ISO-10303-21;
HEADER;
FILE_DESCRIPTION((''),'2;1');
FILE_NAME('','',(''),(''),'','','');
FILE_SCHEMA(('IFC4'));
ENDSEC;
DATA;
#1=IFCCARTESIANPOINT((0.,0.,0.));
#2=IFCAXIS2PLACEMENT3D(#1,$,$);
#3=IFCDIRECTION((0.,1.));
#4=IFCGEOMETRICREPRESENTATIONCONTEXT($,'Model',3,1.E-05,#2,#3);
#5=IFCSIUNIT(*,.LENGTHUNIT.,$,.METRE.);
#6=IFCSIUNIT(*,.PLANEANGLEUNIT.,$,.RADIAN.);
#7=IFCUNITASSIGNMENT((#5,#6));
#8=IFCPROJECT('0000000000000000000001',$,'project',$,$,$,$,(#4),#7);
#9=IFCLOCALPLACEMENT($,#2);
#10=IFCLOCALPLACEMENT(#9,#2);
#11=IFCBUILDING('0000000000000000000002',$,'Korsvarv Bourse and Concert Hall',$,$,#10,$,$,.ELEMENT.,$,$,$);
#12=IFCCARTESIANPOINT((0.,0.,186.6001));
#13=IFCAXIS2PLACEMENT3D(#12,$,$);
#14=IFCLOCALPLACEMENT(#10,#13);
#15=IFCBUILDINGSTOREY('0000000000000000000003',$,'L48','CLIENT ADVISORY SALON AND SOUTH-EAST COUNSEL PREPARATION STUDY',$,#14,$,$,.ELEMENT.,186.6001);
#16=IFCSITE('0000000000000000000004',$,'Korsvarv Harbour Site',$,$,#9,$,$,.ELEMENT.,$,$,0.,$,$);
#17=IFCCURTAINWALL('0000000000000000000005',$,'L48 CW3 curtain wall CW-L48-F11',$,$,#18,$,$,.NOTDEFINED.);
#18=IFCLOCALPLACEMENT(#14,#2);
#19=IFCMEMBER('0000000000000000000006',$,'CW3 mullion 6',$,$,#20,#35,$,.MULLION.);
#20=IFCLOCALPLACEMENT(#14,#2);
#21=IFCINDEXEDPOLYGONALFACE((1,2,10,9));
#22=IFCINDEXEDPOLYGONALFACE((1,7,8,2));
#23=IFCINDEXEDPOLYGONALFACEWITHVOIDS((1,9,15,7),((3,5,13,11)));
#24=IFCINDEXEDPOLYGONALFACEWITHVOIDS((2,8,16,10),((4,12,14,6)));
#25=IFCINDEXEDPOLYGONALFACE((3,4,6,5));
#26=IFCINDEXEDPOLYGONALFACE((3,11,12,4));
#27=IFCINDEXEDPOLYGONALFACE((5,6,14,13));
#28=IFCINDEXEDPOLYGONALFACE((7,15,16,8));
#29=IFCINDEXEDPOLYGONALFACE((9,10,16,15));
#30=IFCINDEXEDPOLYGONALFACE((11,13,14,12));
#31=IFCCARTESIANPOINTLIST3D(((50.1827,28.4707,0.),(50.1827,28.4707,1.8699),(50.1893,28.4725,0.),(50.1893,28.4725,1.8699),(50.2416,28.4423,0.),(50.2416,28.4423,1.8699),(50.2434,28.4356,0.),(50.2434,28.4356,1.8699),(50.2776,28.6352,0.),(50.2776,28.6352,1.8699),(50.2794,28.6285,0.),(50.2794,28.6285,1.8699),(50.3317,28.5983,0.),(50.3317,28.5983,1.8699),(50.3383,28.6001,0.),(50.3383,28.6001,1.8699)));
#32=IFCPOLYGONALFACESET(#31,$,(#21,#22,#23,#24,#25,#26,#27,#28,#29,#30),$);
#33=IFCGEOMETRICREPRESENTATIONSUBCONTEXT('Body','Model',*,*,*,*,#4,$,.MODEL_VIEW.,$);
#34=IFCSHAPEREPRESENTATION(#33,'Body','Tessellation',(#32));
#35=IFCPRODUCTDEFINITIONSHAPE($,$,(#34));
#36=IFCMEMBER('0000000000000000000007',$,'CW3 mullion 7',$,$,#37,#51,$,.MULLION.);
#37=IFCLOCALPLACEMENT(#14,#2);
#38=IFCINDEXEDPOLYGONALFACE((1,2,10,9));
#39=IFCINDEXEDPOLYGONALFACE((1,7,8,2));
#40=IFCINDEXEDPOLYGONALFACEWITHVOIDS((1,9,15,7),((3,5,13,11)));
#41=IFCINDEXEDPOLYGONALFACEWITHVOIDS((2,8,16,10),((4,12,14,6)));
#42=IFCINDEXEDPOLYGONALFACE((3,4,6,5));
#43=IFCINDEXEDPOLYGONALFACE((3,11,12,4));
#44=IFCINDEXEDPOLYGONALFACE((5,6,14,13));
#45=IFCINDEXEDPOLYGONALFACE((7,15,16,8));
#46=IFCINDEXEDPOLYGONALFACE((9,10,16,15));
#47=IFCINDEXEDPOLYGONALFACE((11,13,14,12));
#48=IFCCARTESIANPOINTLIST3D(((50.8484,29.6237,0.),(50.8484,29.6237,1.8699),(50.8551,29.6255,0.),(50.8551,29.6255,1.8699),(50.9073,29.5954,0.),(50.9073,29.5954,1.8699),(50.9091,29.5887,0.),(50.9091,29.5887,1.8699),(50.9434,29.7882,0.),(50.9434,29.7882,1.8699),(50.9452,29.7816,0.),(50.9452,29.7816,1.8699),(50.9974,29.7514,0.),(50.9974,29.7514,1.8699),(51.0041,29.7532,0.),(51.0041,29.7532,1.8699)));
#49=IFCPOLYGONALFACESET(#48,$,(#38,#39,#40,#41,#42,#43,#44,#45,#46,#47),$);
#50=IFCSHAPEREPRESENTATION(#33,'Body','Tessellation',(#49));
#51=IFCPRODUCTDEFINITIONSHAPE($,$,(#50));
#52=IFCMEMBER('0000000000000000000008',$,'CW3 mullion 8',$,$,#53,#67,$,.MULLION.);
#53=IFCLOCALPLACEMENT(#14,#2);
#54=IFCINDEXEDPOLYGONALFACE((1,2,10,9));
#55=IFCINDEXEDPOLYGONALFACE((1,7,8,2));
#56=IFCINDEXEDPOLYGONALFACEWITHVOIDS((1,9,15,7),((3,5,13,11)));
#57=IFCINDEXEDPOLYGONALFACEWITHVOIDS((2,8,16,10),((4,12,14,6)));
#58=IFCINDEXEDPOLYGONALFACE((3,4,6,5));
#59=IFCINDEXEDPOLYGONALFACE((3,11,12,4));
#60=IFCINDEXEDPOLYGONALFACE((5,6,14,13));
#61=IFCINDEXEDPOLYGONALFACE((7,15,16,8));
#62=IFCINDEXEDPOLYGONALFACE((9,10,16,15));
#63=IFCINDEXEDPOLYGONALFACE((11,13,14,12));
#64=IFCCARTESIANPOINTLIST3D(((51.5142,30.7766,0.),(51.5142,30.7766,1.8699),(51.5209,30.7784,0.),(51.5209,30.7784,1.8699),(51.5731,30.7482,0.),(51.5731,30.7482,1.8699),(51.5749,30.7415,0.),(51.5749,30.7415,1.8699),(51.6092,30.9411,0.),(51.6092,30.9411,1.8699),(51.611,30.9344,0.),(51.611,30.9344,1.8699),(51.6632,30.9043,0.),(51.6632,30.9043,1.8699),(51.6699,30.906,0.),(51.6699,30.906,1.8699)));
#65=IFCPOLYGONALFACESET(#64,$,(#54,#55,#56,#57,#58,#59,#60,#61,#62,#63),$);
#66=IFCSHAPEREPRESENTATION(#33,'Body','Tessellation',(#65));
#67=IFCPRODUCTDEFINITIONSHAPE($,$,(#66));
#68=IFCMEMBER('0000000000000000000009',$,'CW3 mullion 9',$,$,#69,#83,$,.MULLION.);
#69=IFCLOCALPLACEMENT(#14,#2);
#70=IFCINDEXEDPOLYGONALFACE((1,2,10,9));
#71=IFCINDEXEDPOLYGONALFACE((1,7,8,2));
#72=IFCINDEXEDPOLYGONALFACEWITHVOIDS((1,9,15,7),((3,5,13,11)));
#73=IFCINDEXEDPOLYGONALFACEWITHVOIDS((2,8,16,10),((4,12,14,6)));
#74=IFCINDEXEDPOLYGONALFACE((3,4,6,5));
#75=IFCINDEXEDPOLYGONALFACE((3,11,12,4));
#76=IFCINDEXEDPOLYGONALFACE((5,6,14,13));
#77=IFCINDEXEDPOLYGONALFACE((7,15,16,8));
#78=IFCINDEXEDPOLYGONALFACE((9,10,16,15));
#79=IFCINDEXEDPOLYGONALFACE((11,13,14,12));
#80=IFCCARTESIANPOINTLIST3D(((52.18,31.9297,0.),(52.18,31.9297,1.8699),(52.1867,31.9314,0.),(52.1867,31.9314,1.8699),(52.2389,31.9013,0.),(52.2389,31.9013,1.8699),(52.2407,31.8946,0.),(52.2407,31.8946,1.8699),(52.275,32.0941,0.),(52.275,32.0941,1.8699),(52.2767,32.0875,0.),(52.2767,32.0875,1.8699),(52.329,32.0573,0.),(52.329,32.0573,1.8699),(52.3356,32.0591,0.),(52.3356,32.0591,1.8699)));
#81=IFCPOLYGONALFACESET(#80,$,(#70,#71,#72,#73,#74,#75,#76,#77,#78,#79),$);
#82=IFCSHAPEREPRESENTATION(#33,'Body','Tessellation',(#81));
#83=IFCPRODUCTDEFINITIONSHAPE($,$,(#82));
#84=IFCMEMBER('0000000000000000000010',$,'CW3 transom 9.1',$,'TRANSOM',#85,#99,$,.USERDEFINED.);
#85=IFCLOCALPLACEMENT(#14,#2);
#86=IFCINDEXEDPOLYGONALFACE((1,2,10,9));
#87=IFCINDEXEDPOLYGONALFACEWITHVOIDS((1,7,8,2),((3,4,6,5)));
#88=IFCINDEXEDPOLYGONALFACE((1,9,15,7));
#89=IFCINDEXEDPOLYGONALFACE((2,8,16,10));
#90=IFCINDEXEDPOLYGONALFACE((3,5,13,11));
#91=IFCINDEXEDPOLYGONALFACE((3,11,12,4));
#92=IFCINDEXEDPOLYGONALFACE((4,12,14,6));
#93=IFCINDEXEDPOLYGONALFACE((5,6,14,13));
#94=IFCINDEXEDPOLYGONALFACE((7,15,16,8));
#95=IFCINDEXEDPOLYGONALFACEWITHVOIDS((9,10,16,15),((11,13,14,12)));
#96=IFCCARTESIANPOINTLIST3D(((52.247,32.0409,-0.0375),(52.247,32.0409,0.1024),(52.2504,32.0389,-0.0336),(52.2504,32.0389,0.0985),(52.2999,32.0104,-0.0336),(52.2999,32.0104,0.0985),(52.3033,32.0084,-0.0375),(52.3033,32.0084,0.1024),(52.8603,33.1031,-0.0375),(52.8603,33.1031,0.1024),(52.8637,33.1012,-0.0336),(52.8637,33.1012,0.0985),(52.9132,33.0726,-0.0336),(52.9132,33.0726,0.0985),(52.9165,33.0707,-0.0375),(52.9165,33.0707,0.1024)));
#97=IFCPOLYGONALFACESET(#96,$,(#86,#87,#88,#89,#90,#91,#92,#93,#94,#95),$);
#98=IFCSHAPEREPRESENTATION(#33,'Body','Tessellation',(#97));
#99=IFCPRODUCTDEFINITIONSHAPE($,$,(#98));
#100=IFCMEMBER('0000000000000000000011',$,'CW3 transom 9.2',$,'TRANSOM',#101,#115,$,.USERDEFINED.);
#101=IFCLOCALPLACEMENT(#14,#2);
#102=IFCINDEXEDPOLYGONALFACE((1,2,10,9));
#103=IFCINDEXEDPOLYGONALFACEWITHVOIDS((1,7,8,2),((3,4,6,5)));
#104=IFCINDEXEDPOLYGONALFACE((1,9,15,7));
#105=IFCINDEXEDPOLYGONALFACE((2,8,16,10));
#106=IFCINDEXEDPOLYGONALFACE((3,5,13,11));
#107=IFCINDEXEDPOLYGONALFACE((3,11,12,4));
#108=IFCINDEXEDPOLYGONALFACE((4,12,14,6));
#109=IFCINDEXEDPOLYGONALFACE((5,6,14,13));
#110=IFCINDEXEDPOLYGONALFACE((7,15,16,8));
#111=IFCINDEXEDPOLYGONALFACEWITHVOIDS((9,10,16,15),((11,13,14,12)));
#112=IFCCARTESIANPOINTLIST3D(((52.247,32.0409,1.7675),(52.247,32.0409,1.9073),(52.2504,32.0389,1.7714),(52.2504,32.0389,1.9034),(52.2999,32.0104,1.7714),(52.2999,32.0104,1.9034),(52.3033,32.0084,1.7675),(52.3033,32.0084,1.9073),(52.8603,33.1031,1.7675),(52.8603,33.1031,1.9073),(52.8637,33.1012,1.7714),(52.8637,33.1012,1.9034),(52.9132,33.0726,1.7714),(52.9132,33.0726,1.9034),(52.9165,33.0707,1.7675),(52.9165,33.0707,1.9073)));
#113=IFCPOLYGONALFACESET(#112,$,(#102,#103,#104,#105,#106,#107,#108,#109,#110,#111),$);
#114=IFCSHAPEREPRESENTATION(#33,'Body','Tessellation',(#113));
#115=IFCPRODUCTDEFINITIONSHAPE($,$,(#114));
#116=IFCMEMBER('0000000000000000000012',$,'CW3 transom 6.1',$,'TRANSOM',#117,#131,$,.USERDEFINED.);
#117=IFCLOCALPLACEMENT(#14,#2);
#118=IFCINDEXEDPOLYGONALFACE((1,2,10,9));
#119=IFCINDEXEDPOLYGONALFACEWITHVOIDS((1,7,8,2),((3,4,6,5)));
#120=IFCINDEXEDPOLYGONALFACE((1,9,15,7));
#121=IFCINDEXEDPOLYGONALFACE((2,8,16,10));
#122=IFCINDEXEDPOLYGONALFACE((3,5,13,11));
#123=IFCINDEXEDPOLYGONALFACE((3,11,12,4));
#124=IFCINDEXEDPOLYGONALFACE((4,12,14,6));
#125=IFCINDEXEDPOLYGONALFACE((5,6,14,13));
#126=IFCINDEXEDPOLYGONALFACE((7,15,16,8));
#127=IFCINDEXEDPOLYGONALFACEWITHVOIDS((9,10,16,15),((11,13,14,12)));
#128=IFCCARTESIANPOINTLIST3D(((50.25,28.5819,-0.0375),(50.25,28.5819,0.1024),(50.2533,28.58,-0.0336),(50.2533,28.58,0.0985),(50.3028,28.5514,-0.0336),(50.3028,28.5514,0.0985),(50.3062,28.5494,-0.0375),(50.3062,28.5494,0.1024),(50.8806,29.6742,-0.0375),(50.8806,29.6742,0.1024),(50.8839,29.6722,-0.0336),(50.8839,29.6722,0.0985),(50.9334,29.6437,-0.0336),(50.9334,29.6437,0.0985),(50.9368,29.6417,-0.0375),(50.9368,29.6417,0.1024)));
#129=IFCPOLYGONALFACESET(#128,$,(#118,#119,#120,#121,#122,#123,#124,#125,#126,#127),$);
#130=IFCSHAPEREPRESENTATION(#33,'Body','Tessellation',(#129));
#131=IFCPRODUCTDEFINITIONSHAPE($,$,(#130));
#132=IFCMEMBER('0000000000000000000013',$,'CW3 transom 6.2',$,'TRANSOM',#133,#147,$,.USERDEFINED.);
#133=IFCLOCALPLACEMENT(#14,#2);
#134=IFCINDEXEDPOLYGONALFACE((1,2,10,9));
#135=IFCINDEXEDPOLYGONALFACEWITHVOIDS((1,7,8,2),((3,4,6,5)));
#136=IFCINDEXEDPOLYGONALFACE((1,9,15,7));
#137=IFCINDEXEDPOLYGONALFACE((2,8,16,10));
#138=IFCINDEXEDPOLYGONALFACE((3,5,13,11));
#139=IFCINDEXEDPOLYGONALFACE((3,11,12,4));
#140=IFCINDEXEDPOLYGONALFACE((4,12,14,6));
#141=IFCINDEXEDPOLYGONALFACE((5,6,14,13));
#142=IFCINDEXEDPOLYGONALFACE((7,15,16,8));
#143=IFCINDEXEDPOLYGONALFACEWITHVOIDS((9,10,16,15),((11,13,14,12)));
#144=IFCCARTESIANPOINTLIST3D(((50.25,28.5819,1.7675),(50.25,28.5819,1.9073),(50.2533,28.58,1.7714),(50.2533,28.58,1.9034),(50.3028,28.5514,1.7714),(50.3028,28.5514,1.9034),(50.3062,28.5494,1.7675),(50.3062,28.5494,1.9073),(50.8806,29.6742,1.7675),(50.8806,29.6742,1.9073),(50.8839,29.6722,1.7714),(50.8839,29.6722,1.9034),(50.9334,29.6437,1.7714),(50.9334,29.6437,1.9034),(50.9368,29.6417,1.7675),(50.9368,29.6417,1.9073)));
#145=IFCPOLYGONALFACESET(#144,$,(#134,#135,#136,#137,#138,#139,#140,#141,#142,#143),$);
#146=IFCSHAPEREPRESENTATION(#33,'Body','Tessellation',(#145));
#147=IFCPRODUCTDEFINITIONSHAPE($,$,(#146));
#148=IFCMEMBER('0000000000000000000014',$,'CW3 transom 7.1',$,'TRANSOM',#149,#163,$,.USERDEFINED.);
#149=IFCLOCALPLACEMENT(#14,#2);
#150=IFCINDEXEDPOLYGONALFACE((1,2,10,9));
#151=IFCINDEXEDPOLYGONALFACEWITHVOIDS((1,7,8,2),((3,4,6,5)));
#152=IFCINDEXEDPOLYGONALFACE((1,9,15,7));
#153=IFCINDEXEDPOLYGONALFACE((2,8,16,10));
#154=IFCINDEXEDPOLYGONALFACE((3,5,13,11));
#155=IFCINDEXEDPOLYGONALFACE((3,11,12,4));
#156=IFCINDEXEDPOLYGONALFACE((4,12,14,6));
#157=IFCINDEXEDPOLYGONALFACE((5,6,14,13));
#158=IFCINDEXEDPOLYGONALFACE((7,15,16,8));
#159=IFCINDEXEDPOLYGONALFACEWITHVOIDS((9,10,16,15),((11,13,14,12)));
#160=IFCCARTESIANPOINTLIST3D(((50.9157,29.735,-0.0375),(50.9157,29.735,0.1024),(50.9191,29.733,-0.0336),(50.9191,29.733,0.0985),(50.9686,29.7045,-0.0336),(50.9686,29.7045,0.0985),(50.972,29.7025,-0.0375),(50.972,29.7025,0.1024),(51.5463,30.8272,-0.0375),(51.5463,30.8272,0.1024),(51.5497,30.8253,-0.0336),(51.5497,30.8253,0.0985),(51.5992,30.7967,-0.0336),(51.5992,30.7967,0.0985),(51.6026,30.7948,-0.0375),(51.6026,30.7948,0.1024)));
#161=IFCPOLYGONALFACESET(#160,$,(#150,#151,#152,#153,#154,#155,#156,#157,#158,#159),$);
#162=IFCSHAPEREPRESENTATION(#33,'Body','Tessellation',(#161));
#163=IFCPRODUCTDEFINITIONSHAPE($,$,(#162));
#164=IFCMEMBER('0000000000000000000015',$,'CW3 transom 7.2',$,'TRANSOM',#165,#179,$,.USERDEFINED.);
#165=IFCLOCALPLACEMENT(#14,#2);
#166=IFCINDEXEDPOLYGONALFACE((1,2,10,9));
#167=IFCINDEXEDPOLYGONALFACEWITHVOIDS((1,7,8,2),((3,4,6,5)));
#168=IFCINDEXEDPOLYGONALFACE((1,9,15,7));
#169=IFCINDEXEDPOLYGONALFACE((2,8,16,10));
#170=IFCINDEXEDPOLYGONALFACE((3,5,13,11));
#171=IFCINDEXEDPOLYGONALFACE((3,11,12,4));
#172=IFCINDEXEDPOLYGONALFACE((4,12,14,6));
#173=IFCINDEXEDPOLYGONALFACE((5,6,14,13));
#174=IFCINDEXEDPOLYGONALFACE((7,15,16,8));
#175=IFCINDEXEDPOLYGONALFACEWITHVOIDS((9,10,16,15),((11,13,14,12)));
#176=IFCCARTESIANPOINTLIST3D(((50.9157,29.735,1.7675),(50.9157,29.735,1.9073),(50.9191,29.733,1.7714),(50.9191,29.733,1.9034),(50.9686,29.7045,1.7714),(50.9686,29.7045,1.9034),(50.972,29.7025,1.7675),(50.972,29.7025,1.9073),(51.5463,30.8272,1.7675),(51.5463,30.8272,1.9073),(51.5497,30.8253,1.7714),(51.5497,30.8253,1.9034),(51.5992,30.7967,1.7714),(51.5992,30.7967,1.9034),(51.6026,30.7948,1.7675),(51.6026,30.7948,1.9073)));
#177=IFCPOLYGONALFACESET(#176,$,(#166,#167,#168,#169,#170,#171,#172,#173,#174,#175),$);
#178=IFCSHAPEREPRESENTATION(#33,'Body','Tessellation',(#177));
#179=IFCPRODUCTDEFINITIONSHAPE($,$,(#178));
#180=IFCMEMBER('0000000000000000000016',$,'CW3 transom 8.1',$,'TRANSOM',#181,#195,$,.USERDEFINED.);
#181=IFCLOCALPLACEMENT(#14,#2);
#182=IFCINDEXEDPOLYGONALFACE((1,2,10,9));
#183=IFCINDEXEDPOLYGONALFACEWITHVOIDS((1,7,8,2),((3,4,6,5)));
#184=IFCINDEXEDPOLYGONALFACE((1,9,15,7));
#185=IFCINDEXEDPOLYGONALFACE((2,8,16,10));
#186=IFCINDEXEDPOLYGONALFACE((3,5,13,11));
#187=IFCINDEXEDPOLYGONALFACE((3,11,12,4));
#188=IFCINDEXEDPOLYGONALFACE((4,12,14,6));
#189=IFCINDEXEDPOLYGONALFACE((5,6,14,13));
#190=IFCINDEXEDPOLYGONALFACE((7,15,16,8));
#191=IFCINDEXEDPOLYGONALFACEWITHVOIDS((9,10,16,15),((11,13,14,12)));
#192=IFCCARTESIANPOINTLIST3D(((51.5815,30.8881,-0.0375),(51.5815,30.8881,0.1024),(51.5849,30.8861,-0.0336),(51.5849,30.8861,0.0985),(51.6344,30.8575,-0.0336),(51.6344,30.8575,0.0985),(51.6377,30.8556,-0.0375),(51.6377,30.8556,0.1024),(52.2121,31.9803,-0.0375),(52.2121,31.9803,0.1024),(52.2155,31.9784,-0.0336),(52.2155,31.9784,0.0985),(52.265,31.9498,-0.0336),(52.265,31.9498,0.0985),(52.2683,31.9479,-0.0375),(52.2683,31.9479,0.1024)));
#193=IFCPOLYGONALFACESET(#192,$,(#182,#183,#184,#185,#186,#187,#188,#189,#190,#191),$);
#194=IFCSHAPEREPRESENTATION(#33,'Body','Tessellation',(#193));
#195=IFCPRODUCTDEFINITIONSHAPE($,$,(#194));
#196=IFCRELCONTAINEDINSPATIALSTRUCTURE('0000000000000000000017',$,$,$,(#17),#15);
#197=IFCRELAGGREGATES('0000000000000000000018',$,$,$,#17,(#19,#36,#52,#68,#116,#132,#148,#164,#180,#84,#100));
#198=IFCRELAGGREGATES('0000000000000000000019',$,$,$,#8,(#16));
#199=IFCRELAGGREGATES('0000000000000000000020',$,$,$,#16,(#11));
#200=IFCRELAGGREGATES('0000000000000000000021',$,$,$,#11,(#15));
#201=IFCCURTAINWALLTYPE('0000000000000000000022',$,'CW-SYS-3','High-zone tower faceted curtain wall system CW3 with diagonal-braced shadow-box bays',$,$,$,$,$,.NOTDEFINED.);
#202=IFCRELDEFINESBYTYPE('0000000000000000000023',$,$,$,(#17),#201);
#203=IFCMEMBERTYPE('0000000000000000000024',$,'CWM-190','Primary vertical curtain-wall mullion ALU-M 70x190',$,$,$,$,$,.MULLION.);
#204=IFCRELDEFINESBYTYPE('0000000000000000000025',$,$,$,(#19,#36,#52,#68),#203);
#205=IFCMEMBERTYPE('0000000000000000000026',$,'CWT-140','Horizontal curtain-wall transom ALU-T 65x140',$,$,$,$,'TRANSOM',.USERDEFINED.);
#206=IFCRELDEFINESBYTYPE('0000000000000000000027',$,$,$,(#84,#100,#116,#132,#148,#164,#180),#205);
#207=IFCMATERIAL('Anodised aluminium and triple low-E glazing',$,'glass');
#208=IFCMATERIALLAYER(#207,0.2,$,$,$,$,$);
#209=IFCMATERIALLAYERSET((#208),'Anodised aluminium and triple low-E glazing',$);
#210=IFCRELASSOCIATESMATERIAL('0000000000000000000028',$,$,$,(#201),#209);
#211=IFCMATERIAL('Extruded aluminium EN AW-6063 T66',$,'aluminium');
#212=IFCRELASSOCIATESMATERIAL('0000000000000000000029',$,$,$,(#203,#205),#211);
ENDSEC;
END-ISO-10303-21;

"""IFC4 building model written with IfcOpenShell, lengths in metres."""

from ifc_helpers import new_model, si_unit, direction, frame, origin, origin_2d, place, context, subcontext, project, spatial, hollow_rectangle, extrude, source, transform, mapped, material, layer, layer_set, material_profile, profile_set, type_object, element, aggregate, save


model = new_model("IFC4")

# Units and contexts
model_context = context("Model", 3, precision=1e-05, world=origin(), true_north=direction((0.0, 1.0)))
body_context = subcontext(model_context, "Body", "Model", "MODEL_VIEW")
ifc_project = project(units=[si_unit("LENGTHUNIT", "METRE"), si_unit("PLANEANGLEUNIT", "RADIAN")], contexts=[model_context])

# Site, building, storey
site_placement = place(None, origin())
site = spatial("IfcSite", under=ifc_project, at=site_placement, Name="Korsvarv Harbour Site", CompositionType="ELEMENT", RefElevation=0.0)
building_placement = place(site_placement, origin())
building = spatial("IfcBuilding", under=site, at=building_placement, Name="Korsvarv Bourse and Concert Hall", CompositionType="ELEMENT")
storey_placement = place(building_placement, frame((0.0, 0.0, 186.6001)))
storey = spatial("IfcBuildingStorey", under=building, at=storey_placement, Name="L48", Description="CLIENT ADVISORY SALON AND SOUTH-EAST COUNSEL PREPARATION STUDY", CompositionType="ELEMENT", Elevation=186.6001)

# Curtain wall, members
ifc_material_1 = material(Name="Anodised aluminium and triple low-E glazing", Category="glass")
ifc_layer_1 = layer(ifc_material_1, 0.2)
ifc_layer_set_1 = layer_set([ifc_layer_1], Name="Anodised aluminium and triple low-E glazing")
curtain_wall_type = type_object("IfcCurtainWallType", Name="CW-SYS-3", Description="High-zone tower faceted curtain wall system CW3 with diagonal-braced shadow-box bays", PredefinedType="NOTDEFINED", material=ifc_layer_set_1)
curtain_wall_placement = place(storey_placement, origin())
curtain_wall = element("IfcCurtainWall", 1, at=curtain_wall_placement, inside=storey, type_object=curtain_wall_type, Name="L48 CW3 curtain wall CW-L48-F11", PredefinedType="NOTDEFINED")
ifc_material_2 = material(Name="Extruded aluminium EN AW-6063 T66", Category="aluminium")
ifc_material_profile_1 = material_profile(ifc_material_2, hollow_rectangle(XDim=0.0701, YDim=0.1899, WallThickness=0.0049, at=origin_2d()), Name="ALU-M 70x190")
ifc_profile_set_1 = profile_set([ifc_material_profile_1], Name="Extruded aluminium EN AW-6063 T66")
member_type_1 = type_object("IfcMemberType", Name="CWM-190", Description="Primary vertical curtain-wall mullion ALU-M 70x190", PredefinedType="MULLION", material=ifc_profile_set_1)
shared_shape_1 = source(origin(), body_context, "Body", "SweptSolid", [
    extrude(hollow_rectangle(XDim=0.0701, YDim=0.1899, WallThickness=0.0049, at=origin_2d()), origin(), (0.0, 0.0, 1.0), 1.8699),
])
member_1_placement = place(storey_placement, frame((50.2605, 28.5354, 0.0), z_axis=(0.0, 0.0, 1.0), x_axis=(-0.866029, 0.499994, 0.0)))
member_1 = element("IfcMember", 2, at=member_1_placement, type_object=member_type_1, Name="CW3 mullion 6", PredefinedType="MULLION", context=body_context, shape_type="MappedRepresentation", body=[
    mapped(shared_shape_1, transform((0.0, 0.0, 0.0), scale=1.0)),
])
member_2_placement = place(storey_placement, frame((50.9263, 29.6885, 0.0), z_axis=(0.0, 0.0, 1.0), x_axis=(-0.866029, 0.499994, 0.0)))
member_2 = element("IfcMember", 3, at=member_2_placement, type_object=member_type_1, Name="CW3 mullion 7", PredefinedType="MULLION", context=body_context, shape_type="MappedRepresentation", body=[
    mapped(shared_shape_1, transform((0.0, 0.0, 0.0), scale=1.0)),
])
member_3_placement = place(storey_placement, frame((51.592, 30.8413, 0.0), z_axis=(0.0, 0.0, 1.0), x_axis=(-0.866029, 0.499994, 0.0)))
member_3 = element("IfcMember", 4, at=member_3_placement, type_object=member_type_1, Name="CW3 mullion 8", PredefinedType="MULLION", context=body_context, shape_type="MappedRepresentation", body=[
    mapped(shared_shape_1, transform((0.0, 0.0, 0.0), scale=1.0)),
])
member_4_placement = place(storey_placement, frame((52.2578, 31.9944, 0.0), z_axis=(0.0, 0.0, 1.0), x_axis=(-0.866029, 0.499994, 0.0)))
member_4 = element("IfcMember", 5, at=member_4_placement, type_object=member_type_1, Name="CW3 mullion 9", PredefinedType="MULLION", context=body_context, shape_type="MappedRepresentation", body=[
    mapped(shared_shape_1, transform((0.0, 0.0, 0.0), scale=1.0)),
])
ifc_material_profile_2 = material_profile(ifc_material_2, hollow_rectangle(XDim=0.0649, YDim=0.1399, WallThickness=0.0039, at=origin_2d()), Name="ALU-T 65x140")
ifc_profile_set_2 = profile_set([ifc_material_profile_2], Name="Extruded aluminium EN AW-6063 T66")
member_type_2 = type_object("IfcMemberType", Name="CWT-140", Description="Horizontal curtain-wall transom ALU-T 65x140", ElementType="TRANSOM", PredefinedType="USERDEFINED", material=ifc_profile_set_2)
shared_shape_2 = source(origin(), body_context, "Body", "SweptSolid", [
    extrude(hollow_rectangle(XDim=0.0649, YDim=0.1399, WallThickness=0.0039, at=origin_2d()), origin(), (0.0, 0.0, 1.0), 1.2266),
])
member_5_placement = place(storey_placement, frame((52.2751, 32.0247, 0.0325), z_axis=(0.499992, 0.86603, 0.0), x_axis=(-0.86603, 0.499992, 0.0)))
member_5 = element("IfcMember", 6, at=member_5_placement, type_object=member_type_2, Name="CW3 transom 9.1", ObjectType="TRANSOM", PredefinedType="USERDEFINED", context=body_context, shape_type="MappedRepresentation", body=[
    mapped(shared_shape_2, transform((0.0, 0.0, 0.0), scale=1.0)),
])
member_6_placement = place(storey_placement, frame((52.2751, 32.0247, 1.8374), z_axis=(0.499992, 0.86603, 0.0), x_axis=(-0.86603, 0.499992, 0.0)))
member_6 = element("IfcMember", 7, at=member_6_placement, type_object=member_type_2, Name="CW3 transom 9.2", ObjectType="TRANSOM", PredefinedType="USERDEFINED", context=body_context, shape_type="MappedRepresentation", body=[
    mapped(shared_shape_2, transform((0.0, 0.0, 0.0), scale=1.0)),
])
shared_shape_3 = source(origin(), body_context, "Body", "SweptSolid", [
    extrude(hollow_rectangle(XDim=0.0649, YDim=0.1399, WallThickness=0.0039, at=origin_2d()), origin(), (0.0, 0.0, 1.0), 1.2612),
])
member_7_placement = place(storey_placement, frame((50.2781, 28.5657, 0.0325), z_axis=(0.499991, 0.866031, 0.0), x_axis=(-0.866031, 0.499991, 0.0)))
member_7 = element("IfcMember", 8, at=member_7_placement, type_object=member_type_2, Name="CW3 transom 6.1", ObjectType="TRANSOM", PredefinedType="USERDEFINED", context=body_context, shape_type="MappedRepresentation", body=[
    mapped(shared_shape_3, transform((0.0, 0.0, 0.0), scale=1.0)),
])
member_8_placement = place(storey_placement, frame((50.2781, 28.5657, 1.8374), z_axis=(0.499991, 0.866031, 0.0), x_axis=(-0.866031, 0.499991, 0.0)))
member_8 = element("IfcMember", 9, at=member_8_placement, type_object=member_type_2, Name="CW3 transom 6.2", ObjectType="TRANSOM", PredefinedType="USERDEFINED", context=body_context, shape_type="MappedRepresentation", body=[
    mapped(shared_shape_3, transform((0.0, 0.0, 0.0), scale=1.0)),
])
member_9_placement = place(storey_placement, frame((50.9438, 29.7188, 0.0325), z_axis=(0.499991, 0.866031, 0.0), x_axis=(-0.866031, 0.499991, 0.0)))
member_9 = element("IfcMember", 10, at=member_9_placement, type_object=member_type_2, Name="CW3 transom 7.1", ObjectType="TRANSOM", PredefinedType="USERDEFINED", context=body_context, shape_type="MappedRepresentation", body=[
    mapped(shared_shape_3, transform((0.0, 0.0, 0.0), scale=1.0)),
])
member_10_placement = place(storey_placement, frame((50.9438, 29.7188, 1.8374), z_axis=(0.499991, 0.866031, 0.0), x_axis=(-0.866031, 0.499991, 0.0)))
member_10 = element("IfcMember", 11, at=member_10_placement, type_object=member_type_2, Name="CW3 transom 7.2", ObjectType="TRANSOM", PredefinedType="USERDEFINED", context=body_context, shape_type="MappedRepresentation", body=[
    mapped(shared_shape_3, transform((0.0, 0.0, 0.0), scale=1.0)),
])
member_11_placement = place(storey_placement, frame((51.6096, 30.8718, 0.0325), z_axis=(0.499991, 0.866031, 0.0), x_axis=(-0.866031, 0.499991, 0.0)))
member_11 = element("IfcMember", 12, at=member_11_placement, type_object=member_type_2, Name="CW3 transom 8.1", ObjectType="TRANSOM", PredefinedType="USERDEFINED", context=body_context, shape_type="MappedRepresentation", body=[
    mapped(shared_shape_3, transform((0.0, 0.0, 0.0), scale=1.0)),
])
aggregate(curtain_wall, [member_1, member_2, member_3, member_4, member_7, member_8, member_9, member_10, member_11, member_5, member_6])

save(model, "model.ifc")
